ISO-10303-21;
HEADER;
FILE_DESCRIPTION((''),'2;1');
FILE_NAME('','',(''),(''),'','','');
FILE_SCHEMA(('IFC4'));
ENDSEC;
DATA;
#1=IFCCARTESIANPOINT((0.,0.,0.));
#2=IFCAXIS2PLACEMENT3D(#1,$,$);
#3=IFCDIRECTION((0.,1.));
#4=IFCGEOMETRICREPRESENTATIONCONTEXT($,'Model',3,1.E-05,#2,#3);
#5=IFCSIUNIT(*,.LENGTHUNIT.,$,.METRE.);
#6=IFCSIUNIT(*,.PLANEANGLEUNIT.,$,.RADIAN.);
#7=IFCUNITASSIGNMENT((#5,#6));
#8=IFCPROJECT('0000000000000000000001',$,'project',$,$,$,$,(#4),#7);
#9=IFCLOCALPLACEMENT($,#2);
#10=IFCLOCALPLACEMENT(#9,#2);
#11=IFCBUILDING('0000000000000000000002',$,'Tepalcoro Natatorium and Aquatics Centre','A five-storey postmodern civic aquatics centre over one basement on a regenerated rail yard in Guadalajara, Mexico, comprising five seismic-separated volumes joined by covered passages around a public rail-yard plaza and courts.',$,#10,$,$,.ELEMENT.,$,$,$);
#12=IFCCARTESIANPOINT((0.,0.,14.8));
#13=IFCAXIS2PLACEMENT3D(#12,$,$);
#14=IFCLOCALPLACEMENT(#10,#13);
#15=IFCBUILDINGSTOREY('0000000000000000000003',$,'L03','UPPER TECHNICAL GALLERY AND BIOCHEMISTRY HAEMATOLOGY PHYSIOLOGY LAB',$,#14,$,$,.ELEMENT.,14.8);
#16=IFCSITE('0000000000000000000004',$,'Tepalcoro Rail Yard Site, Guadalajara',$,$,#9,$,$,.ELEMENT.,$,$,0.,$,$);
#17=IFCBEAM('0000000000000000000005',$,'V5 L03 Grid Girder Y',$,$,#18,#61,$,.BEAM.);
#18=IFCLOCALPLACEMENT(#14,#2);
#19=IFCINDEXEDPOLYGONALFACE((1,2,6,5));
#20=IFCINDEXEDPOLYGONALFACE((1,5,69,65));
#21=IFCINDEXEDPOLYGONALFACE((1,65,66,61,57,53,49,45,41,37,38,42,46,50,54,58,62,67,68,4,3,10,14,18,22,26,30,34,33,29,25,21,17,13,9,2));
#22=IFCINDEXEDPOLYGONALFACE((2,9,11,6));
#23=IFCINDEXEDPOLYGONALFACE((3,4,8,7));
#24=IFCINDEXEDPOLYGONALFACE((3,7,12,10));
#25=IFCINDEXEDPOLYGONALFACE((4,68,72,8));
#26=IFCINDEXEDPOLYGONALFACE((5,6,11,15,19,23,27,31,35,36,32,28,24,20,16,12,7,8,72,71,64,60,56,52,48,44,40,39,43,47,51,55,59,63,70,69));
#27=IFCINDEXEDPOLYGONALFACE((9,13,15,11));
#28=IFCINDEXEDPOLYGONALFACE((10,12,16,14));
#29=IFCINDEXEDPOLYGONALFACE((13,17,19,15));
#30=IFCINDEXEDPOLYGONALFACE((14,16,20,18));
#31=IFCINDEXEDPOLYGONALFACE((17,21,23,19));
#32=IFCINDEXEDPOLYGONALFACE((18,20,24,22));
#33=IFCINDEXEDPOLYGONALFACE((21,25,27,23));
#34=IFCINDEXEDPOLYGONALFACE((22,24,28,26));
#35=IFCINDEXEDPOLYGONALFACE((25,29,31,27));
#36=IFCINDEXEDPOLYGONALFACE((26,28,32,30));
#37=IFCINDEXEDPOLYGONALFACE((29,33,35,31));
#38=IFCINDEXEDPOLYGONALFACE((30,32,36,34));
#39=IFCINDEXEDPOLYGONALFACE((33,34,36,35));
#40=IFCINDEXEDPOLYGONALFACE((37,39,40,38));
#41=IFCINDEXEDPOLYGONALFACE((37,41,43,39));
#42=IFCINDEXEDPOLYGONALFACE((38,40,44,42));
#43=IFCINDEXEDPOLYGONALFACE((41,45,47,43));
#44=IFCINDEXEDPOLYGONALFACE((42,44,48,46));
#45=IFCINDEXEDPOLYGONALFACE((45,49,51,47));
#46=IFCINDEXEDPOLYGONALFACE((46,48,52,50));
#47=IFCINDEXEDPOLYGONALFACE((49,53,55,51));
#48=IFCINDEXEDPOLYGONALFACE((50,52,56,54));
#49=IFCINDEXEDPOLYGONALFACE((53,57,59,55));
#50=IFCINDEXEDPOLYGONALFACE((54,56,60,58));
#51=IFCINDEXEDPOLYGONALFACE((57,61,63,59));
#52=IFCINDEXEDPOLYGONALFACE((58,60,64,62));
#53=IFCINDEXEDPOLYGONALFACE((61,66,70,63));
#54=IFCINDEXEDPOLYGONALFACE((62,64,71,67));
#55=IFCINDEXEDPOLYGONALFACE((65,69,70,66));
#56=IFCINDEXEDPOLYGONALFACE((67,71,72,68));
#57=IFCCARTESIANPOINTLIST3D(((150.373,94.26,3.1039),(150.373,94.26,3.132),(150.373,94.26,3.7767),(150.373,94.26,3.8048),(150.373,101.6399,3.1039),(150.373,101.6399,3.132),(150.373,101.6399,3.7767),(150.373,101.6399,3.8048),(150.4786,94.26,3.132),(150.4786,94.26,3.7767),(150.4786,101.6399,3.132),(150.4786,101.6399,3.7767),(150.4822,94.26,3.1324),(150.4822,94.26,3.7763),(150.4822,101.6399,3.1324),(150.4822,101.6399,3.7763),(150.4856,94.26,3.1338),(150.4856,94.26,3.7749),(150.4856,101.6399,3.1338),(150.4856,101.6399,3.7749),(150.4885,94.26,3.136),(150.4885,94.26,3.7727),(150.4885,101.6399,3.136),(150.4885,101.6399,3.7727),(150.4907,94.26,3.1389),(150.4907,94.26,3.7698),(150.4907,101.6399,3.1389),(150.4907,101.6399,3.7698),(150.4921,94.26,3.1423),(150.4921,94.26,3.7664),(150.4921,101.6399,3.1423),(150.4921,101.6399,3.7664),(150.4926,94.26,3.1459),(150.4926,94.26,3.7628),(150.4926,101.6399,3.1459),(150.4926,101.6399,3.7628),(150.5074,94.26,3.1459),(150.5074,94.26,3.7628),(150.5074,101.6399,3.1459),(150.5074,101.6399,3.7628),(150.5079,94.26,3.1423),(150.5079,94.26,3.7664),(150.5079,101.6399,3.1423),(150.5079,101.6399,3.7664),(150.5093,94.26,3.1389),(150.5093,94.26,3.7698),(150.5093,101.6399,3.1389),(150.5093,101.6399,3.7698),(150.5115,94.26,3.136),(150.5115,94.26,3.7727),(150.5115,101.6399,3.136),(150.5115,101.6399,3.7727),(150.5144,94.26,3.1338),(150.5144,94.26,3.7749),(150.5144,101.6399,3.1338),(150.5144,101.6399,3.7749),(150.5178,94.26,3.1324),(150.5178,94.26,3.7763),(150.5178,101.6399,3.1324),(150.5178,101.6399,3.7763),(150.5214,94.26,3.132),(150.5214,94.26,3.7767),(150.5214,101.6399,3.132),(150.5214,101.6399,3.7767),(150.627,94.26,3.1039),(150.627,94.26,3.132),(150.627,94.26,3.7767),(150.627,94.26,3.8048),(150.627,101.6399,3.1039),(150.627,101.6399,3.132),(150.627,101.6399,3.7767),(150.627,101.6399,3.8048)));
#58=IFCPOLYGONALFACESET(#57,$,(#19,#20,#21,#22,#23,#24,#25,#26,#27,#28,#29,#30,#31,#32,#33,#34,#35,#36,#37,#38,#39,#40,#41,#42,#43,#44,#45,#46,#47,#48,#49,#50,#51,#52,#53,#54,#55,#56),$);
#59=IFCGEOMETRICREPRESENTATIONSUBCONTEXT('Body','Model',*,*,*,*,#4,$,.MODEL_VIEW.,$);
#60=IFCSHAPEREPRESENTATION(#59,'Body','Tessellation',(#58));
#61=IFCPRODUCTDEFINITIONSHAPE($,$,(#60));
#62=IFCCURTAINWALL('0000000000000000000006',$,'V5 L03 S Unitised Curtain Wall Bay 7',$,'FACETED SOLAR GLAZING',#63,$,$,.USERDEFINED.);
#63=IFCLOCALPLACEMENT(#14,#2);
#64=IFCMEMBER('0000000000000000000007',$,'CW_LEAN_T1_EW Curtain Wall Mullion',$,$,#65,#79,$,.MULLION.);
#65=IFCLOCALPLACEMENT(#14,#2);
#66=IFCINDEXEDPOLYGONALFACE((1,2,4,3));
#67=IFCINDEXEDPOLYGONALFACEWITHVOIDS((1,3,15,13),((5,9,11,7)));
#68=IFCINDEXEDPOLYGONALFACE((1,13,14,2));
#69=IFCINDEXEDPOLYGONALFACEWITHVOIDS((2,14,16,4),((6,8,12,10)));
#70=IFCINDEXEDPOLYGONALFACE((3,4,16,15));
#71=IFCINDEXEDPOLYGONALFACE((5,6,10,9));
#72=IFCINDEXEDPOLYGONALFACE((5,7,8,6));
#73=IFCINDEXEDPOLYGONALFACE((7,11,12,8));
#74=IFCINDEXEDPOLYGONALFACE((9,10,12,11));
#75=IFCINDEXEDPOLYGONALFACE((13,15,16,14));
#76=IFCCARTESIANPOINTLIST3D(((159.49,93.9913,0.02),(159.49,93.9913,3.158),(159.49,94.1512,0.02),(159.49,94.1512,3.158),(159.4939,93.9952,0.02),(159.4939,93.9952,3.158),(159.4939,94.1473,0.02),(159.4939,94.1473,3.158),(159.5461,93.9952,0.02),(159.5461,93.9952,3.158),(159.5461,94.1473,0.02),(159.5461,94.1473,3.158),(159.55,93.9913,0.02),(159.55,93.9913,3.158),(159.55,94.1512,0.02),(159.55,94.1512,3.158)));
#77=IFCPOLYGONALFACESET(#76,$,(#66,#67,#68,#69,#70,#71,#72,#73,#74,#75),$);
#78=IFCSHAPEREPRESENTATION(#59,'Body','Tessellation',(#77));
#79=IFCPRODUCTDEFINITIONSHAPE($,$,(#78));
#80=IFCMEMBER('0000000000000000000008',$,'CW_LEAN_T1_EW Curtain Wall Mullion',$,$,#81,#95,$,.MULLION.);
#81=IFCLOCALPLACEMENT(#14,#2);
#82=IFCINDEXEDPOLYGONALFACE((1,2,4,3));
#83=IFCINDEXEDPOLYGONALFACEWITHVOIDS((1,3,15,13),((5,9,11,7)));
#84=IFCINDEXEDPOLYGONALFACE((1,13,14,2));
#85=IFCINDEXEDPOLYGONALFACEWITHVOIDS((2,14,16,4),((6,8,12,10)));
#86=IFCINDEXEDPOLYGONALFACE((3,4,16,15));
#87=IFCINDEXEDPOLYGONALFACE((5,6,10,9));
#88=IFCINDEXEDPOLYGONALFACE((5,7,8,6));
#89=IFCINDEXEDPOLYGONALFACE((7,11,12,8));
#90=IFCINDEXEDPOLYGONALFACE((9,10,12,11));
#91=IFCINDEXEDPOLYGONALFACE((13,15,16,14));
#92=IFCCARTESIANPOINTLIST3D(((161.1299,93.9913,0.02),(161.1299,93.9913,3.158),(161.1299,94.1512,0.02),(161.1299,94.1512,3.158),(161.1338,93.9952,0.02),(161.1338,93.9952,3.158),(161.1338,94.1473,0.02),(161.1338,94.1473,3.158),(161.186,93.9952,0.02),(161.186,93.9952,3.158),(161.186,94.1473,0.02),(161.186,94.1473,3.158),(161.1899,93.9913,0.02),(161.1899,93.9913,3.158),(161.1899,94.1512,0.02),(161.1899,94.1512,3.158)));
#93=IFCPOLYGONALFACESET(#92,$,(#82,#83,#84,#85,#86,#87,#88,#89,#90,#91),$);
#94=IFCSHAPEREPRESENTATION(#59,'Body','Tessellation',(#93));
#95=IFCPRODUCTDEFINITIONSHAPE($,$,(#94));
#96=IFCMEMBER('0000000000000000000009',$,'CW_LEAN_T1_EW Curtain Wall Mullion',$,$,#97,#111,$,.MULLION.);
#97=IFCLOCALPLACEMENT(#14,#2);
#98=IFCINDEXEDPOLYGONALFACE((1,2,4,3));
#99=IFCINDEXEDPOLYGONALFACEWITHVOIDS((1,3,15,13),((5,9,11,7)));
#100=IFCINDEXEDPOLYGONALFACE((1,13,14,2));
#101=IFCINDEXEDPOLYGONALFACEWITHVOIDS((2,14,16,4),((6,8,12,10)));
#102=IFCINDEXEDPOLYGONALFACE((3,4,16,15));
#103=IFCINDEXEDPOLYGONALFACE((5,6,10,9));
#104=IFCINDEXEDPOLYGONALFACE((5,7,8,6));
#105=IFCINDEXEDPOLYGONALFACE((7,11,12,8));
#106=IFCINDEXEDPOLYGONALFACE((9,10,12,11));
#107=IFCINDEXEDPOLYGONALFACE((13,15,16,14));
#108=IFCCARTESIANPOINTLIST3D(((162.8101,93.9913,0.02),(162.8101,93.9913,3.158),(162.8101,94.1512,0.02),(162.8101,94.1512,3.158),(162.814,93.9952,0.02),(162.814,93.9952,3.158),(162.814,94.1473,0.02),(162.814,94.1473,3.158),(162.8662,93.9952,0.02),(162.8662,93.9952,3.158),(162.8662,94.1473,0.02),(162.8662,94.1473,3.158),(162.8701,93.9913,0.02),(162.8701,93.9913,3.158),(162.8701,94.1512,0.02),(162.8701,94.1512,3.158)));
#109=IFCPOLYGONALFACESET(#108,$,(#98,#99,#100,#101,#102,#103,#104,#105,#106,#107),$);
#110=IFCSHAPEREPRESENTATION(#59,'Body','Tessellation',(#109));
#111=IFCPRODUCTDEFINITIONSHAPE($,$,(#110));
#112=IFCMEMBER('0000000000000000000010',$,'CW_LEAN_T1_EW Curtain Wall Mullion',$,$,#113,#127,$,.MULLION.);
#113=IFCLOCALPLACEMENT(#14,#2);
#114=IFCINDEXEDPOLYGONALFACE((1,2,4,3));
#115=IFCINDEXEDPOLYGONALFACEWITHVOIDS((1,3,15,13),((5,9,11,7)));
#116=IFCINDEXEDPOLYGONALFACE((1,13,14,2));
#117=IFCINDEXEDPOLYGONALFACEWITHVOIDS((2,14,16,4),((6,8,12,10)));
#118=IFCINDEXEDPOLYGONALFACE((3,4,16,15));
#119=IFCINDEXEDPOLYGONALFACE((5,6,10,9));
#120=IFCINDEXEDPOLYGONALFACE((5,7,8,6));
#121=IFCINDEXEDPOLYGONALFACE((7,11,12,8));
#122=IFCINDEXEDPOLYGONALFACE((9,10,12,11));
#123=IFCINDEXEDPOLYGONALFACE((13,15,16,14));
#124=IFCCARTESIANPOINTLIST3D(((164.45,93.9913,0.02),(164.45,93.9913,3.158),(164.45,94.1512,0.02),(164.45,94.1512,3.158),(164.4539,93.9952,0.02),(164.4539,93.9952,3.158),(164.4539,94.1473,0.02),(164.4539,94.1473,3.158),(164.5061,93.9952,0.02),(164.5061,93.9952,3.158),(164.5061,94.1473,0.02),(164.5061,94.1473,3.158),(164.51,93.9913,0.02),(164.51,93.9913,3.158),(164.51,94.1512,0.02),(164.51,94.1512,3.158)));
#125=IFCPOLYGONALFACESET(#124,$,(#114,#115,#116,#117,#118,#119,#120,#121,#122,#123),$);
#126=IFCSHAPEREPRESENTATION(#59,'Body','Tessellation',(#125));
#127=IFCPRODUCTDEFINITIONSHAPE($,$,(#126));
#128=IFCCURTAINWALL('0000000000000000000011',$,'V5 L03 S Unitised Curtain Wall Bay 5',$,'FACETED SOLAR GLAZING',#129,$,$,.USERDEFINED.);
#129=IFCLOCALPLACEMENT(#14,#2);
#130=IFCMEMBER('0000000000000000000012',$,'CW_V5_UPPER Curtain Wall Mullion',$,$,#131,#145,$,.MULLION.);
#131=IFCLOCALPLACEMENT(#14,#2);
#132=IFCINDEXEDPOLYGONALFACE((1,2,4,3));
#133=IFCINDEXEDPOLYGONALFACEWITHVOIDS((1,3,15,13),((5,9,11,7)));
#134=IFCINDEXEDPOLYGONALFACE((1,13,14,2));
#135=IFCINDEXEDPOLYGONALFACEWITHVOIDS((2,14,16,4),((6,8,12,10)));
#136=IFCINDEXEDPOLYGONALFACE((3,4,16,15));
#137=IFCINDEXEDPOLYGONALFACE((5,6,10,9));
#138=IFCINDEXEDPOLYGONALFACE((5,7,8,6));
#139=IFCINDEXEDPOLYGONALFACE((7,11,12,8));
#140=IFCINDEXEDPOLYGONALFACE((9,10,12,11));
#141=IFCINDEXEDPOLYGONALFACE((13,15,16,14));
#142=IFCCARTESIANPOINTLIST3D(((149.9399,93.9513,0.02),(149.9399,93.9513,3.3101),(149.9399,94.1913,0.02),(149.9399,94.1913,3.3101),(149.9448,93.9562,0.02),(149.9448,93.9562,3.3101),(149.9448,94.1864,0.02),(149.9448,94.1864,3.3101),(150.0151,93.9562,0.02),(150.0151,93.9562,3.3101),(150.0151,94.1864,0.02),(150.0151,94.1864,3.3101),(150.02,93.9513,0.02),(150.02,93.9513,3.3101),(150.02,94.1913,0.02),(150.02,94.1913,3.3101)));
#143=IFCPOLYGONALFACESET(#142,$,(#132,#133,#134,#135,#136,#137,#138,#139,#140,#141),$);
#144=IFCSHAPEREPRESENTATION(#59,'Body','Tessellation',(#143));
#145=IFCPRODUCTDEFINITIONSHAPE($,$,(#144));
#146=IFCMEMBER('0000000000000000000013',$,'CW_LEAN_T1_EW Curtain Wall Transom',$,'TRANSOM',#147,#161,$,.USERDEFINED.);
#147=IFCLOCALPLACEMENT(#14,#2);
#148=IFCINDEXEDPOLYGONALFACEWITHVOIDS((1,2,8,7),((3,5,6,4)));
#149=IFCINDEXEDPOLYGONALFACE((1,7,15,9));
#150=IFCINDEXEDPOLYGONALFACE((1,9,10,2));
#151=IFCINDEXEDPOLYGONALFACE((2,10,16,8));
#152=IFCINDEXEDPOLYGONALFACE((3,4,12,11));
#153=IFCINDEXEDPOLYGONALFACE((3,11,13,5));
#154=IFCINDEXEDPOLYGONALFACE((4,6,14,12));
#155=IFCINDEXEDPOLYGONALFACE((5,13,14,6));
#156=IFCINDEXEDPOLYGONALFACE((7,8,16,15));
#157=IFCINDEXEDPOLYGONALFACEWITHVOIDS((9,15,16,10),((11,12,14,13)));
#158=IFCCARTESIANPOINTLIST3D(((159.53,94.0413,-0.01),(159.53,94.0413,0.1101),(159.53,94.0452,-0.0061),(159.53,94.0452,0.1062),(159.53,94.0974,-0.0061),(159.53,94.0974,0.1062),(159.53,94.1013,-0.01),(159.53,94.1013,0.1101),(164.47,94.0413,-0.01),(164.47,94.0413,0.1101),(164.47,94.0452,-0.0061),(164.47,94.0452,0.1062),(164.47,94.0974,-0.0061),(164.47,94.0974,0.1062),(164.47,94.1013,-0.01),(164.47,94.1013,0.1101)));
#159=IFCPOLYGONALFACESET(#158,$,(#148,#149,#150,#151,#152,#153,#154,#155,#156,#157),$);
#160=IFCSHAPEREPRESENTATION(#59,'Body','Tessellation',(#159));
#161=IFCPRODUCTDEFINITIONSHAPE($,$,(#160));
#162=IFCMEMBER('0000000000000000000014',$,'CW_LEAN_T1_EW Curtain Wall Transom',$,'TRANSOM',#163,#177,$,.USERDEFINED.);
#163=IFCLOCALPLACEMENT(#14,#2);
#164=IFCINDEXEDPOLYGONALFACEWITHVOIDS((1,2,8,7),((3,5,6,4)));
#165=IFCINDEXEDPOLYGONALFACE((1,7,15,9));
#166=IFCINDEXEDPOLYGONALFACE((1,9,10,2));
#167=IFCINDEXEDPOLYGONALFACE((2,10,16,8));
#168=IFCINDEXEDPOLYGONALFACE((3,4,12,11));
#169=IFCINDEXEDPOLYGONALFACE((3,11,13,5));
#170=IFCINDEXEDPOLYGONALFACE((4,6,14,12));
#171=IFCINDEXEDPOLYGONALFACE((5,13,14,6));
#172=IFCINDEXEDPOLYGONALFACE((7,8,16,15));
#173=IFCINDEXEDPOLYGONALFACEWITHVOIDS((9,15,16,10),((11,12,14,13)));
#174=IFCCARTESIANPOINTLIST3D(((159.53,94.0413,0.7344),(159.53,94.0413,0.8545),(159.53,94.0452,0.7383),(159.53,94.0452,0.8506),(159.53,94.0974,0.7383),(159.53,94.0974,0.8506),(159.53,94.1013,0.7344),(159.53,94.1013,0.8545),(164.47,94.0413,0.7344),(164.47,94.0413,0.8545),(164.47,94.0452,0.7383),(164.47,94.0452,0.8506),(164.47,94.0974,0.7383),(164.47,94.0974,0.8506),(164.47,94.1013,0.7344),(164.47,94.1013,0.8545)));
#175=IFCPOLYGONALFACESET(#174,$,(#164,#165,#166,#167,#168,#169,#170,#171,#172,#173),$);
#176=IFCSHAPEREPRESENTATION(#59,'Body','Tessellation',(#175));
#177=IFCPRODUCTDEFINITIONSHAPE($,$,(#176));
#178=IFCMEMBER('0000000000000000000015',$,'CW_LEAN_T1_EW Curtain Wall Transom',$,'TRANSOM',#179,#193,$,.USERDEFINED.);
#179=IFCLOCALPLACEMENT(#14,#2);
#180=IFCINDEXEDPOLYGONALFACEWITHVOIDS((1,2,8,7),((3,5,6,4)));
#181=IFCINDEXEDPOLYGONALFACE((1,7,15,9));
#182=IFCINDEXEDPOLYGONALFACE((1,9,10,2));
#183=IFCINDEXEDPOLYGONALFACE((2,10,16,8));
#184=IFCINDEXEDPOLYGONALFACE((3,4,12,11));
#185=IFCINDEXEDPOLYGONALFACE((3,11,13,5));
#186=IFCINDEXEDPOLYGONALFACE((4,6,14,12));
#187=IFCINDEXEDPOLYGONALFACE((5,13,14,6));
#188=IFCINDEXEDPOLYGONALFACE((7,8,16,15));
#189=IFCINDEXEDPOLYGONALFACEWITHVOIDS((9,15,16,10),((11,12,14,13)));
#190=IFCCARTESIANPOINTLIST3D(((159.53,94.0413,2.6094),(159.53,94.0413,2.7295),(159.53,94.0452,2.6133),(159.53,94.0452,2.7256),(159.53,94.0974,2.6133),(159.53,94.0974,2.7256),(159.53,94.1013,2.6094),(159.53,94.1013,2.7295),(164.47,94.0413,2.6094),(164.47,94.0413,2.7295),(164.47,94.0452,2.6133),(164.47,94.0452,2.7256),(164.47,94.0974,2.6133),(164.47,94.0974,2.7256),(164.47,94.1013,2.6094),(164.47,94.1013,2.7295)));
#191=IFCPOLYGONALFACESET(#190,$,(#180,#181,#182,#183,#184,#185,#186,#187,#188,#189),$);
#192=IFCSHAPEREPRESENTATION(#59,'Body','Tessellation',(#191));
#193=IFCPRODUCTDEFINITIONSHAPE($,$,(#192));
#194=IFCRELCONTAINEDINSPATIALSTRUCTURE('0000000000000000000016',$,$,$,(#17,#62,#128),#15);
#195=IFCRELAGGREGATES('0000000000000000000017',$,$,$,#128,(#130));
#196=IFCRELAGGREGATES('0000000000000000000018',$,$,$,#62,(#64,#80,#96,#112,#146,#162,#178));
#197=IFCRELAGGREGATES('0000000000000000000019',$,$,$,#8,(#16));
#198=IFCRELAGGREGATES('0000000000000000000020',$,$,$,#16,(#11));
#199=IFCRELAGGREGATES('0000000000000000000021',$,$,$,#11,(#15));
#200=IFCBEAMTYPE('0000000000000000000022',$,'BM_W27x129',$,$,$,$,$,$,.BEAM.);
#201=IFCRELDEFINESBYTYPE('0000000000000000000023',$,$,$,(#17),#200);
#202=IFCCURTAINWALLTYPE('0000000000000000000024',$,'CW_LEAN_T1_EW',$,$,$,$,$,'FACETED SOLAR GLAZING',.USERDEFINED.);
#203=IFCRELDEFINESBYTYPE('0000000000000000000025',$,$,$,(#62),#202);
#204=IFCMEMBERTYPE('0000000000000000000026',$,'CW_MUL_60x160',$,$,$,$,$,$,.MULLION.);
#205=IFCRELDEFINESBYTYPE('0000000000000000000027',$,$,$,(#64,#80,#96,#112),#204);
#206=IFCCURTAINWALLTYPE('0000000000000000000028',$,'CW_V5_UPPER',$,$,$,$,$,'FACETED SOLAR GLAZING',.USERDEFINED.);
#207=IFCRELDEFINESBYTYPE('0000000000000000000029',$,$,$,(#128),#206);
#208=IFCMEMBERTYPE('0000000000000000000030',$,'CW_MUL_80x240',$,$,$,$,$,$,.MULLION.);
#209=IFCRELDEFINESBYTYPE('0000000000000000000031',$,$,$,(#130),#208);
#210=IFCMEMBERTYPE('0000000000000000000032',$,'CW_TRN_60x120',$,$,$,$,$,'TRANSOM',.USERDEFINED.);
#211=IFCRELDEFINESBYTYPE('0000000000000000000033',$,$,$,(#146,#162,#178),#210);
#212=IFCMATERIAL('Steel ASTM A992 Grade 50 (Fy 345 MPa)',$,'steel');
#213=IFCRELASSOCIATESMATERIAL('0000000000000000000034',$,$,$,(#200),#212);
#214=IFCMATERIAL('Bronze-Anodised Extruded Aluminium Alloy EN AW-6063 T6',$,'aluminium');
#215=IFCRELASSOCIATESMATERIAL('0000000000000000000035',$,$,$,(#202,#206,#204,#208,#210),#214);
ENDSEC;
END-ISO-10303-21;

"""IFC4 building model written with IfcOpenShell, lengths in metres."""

from ifc_helpers import new_model, si_unit, direction, frame, origin, origin_2d, place, context, subcontext, project, spatial, hollow_rectangle, i_section, extrude, material, material_profile, profile_set, type_object, element, aggregate, save


model = new_model("IFC4")

# Units and contexts
model_context = context("Model", 3, precision=1e-05, world=origin(), true_north=direction((0.0, 1.0)))
body_context = subcontext(model_context, "Body", "Model", "MODEL_VIEW")
ifc_project = project(units=[si_unit("LENGTHUNIT", "METRE"), si_unit("PLANEANGLEUNIT", "RADIAN")], contexts=[model_context])

# Site, building, storey
site_placement = place(None, origin())
site = spatial("IfcSite", under=ifc_project, at=site_placement, Name="Tepalcoro Rail Yard Site, Guadalajara", CompositionType="ELEMENT", RefElevation=0.0)
building_placement = place(site_placement, origin())
building = spatial("IfcBuilding", under=site, at=building_placement, Name="Tepalcoro Natatorium and Aquatics Centre", Description="A five-storey postmodern civic aquatics centre over one basement on a regenerated rail yard in Guadalajara, Mexico, comprising five seismic-separated volumes joined by covered passages around a public rail-yard plaza and courts.", CompositionType="ELEMENT")
storey_placement = place(building_placement, frame((0.0, 0.0, 14.8)))
storey = spatial("IfcBuildingStorey", under=building, at=storey_placement, Name="L03", Description="UPPER TECHNICAL GALLERY AND BIOCHEMISTRY HAEMATOLOGY PHYSIOLOGY LAB", CompositionType="ELEMENT", Elevation=14.8)

# Beam
ifc_material_1 = material(Name="Steel ASTM A992 Grade 50 (Fy 345 MPa)", Category="steel")
ifc_material_profile_1 = material_profile(ifc_material_1, i_section(OverallWidth=0.2539, OverallDepth=0.7009, WebThickness=0.0149, FlangeThickness=0.0281, FilletRadius=0.0139, at=origin_2d()), Name="W27X129")
ifc_profile_set_1 = profile_set([ifc_material_profile_1], Name="Steel ASTM A992 Grade 50 (Fy 345 MPa)")
beam_type_1 = type_object("IfcBeamType", Name="BM_W27x129", PredefinedType="BEAM", material=ifc_profile_set_1)
beam_1_placement = place(storey_placement, frame((150.5, 94.26, 3.4543), z_axis=(0.0, 1.0, 0.0), x_axis=(-1.0, 0.0, 0.0)))
element("IfcBeam", 1, at=beam_1_placement, inside=storey, type_object=beam_type_1, Name="V5 L03 Grid Girder Y", PredefinedType="BEAM", context=body_context, shape_type="SweptSolid", body=[
    extrude(i_section(OverallWidth=0.2539, OverallDepth=0.7009, WebThickness=0.0149, FlangeThickness=0.0281, FilletRadius=0.0139, at=origin_2d()), origin(), (0.0, 0.0, 1.0), 7.3799),
])

# Curtain wall, members
ifc_material_2 = material(Name="Bronze-Anodised Extruded Aluminium Alloy EN AW-6063 T6", Category="aluminium")
curtain_wall_type_1 = type_object("IfcCurtainWallType", Name="CW_LEAN_T1_EW", ElementType="FACETED SOLAR GLAZING", PredefinedType="USERDEFINED", material=ifc_material_2)
curtain_wall_1_placement = place(storey_placement, origin())
curtain_wall_1 = element("IfcCurtainWall", 2, at=curtain_wall_1_placement, inside=storey, type_object=curtain_wall_type_1, Name="V5 L03 S Unitised Curtain Wall Bay 7", ObjectType="FACETED SOLAR GLAZING", PredefinedType="USERDEFINED")
ifc_material_profile_2 = material_profile(ifc_material_2, hollow_rectangle(XDim=0.0601, YDim=0.1599, WallThickness=0.0039, at=origin_2d()), Name="AL60X160X4")
ifc_profile_set_2 = profile_set([ifc_material_profile_2], Name="Bronze-Anodised Extruded Aluminium Alloy EN AW-6063 T6")
member_type_1 = type_object("IfcMemberType", Name="CW_MUL_60x160", PredefinedType="MULLION", material=ifc_profile_set_2)
member_1_placement = place(storey_placement, frame((159.52, 94.0713, 0.02), z_axis=(0.0, 0.0, 1.0), x_axis=(1.0, 0.0, 0.0)))
member_1 = element("IfcMember", 3, at=member_1_placement, type_object=member_type_1, Name="CW_LEAN_T1_EW Curtain Wall Mullion", PredefinedType="MULLION", context=body_context, shape_type="SweptSolid", body=[
    extrude(hollow_rectangle(XDim=0.0601, YDim=0.1599, WallThickness=0.0039, at=origin_2d()), origin(), (0.0, 0.0, 1.0), 3.1379),
])
member_2_placement = place(storey_placement, frame((161.1599, 94.0713, 0.02), z_axis=(0.0, 0.0, 1.0), x_axis=(1.0, 0.0, 0.0)))
member_2 = element("IfcMember", 4, at=member_2_placement, type_object=member_type_1, Name="CW_LEAN_T1_EW Curtain Wall Mullion", PredefinedType="MULLION", context=body_context, shape_type="SweptSolid", body=[
    extrude(hollow_rectangle(XDim=0.0601, YDim=0.1599, WallThickness=0.0039, at=origin_2d()), origin(), (0.0, 0.0, 1.0), 3.1379),
])
member_3_placement = place(storey_placement, frame((162.8401, 94.0713, 0.02), z_axis=(0.0, 0.0, 1.0), x_axis=(1.0, 0.0, 0.0)))
member_3 = element("IfcMember", 5, at=member_3_placement, type_object=member_type_1, Name="CW_LEAN_T1_EW Curtain Wall Mullion", PredefinedType="MULLION", context=body_context, shape_type="SweptSolid", body=[
    extrude(hollow_rectangle(XDim=0.0601, YDim=0.1599, WallThickness=0.0039, at=origin_2d()), origin(), (0.0, 0.0, 1.0), 3.1379),
])
member_4_placement = place(storey_placement, frame((164.48, 94.0713, 0.02), z_axis=(0.0, 0.0, 1.0), x_axis=(1.0, 0.0, 0.0)))
member_4 = element("IfcMember", 6, at=member_4_placement, type_object=member_type_1, Name="CW_LEAN_T1_EW Curtain Wall Mullion", PredefinedType="MULLION", context=body_context, shape_type="SweptSolid", body=[
    extrude(hollow_rectangle(XDim=0.0601, YDim=0.1599, WallThickness=0.0039, at=origin_2d()), origin(), (0.0, 0.0, 1.0), 3.1379),
])

# Curtain wall, member
curtain_wall_type_2 = type_object("IfcCurtainWallType", Name="CW_V5_UPPER", ElementType="FACETED SOLAR GLAZING", PredefinedType="USERDEFINED", material=ifc_material_2)
curtain_wall_2_placement = place(storey_placement, origin())
curtain_wall_2 = element("IfcCurtainWall", 7, at=curtain_wall_2_placement, inside=storey, type_object=curtain_wall_type_2, Name="V5 L03 S Unitised Curtain Wall Bay 5", ObjectType="FACETED SOLAR GLAZING", PredefinedType="USERDEFINED")
ifc_material_profile_3 = material_profile(ifc_material_2, hollow_rectangle(XDim=0.0801, YDim=0.24, WallThickness=0.0049, at=origin_2d()), Name="AL80X240X5")
ifc_profile_set_3 = profile_set([ifc_material_profile_3], Name="Bronze-Anodised Extruded Aluminium Alloy EN AW-6063 T6")
member_type_2 = type_object("IfcMemberType", Name="CW_MUL_80x240", PredefinedType="MULLION", material=ifc_profile_set_3)
member_5_placement = place(storey_placement, frame((149.98, 94.0713, 0.02), z_axis=(0.0, 0.0, 1.0), x_axis=(1.0, 0.0, 0.0)))
member_5 = element("IfcMember", 8, at=member_5_placement, type_object=member_type_2, Name="CW_V5_UPPER Curtain Wall Mullion", PredefinedType="MULLION", context=body_context, shape_type="SweptSolid", body=[
    extrude(hollow_rectangle(XDim=0.0801, YDim=0.24, WallThickness=0.0049, at=origin_2d()), origin(), (0.0, 0.0, 1.0), 3.29),
])
aggregate(curtain_wall_2, [member_5])

# Members
ifc_material_profile_4 = material_profile(ifc_material_2, hollow_rectangle(XDim=0.0601, YDim=0.1201, WallThickness=0.0039, at=origin_2d()), Name="AL60X120X4")
ifc_profile_set_4 = profile_set([ifc_material_profile_4], Name="Bronze-Anodised Extruded Aluminium Alloy EN AW-6063 T6")
member_type_3 = type_object("IfcMemberType", Name="CW_TRN_60x120", ElementType="TRANSOM", PredefinedType="USERDEFINED", material=ifc_profile_set_4)
member_6_placement = place(storey_placement, frame((159.53, 94.0713, 0.05), z_axis=(1.0, 0.0, 0.0), x_axis=(0.0, 1.0, 0.0)))
member_6 = element("IfcMember", 9, at=member_6_placement, type_object=member_type_3, Name="CW_LEAN_T1_EW Curtain Wall Transom", ObjectType="TRANSOM", PredefinedType="USERDEFINED", context=body_context, shape_type="SweptSolid", body=[
    extrude(hollow_rectangle(XDim=0.0601, YDim=0.1201, WallThickness=0.0039, at=origin_2d()), origin(), (0.0, 0.0, 1.0), 4.9399),
])
member_7_placement = place(storey_placement, frame((159.53, 94.0713, 0.7944), z_axis=(1.0, 0.0, 0.0), x_axis=(0.0, 1.0, 0.0)))
member_7 = element("IfcMember", 10, at=member_7_placement, type_object=member_type_3, Name="CW_LEAN_T1_EW Curtain Wall Transom", ObjectType="TRANSOM", PredefinedType="USERDEFINED", context=body_context, shape_type="SweptSolid", body=[
    extrude(hollow_rectangle(XDim=0.0601, YDim=0.1201, WallThickness=0.0039, at=origin_2d()), origin(), (0.0, 0.0, 1.0), 4.9399),
])
member_8_placement = place(storey_placement, frame((159.53, 94.0713, 2.6694), z_axis=(1.0, 0.0, 0.0), x_axis=(0.0, 1.0, 0.0)))
member_8 = element("IfcMember", 11, at=member_8_placement, type_object=member_type_3, Name="CW_LEAN_T1_EW Curtain Wall Transom", ObjectType="TRANSOM", PredefinedType="USERDEFINED", context=body_context, shape_type="SweptSolid", body=[
    extrude(hollow_rectangle(XDim=0.0601, YDim=0.1201, WallThickness=0.0039, at=origin_2d()), origin(), (0.0, 0.0, 1.0), 4.9399),
])

aggregate(curtain_wall_1, [member_1, member_2, member_3, member_4, member_6, member_7, member_8])

save(model, "model.ifc")
